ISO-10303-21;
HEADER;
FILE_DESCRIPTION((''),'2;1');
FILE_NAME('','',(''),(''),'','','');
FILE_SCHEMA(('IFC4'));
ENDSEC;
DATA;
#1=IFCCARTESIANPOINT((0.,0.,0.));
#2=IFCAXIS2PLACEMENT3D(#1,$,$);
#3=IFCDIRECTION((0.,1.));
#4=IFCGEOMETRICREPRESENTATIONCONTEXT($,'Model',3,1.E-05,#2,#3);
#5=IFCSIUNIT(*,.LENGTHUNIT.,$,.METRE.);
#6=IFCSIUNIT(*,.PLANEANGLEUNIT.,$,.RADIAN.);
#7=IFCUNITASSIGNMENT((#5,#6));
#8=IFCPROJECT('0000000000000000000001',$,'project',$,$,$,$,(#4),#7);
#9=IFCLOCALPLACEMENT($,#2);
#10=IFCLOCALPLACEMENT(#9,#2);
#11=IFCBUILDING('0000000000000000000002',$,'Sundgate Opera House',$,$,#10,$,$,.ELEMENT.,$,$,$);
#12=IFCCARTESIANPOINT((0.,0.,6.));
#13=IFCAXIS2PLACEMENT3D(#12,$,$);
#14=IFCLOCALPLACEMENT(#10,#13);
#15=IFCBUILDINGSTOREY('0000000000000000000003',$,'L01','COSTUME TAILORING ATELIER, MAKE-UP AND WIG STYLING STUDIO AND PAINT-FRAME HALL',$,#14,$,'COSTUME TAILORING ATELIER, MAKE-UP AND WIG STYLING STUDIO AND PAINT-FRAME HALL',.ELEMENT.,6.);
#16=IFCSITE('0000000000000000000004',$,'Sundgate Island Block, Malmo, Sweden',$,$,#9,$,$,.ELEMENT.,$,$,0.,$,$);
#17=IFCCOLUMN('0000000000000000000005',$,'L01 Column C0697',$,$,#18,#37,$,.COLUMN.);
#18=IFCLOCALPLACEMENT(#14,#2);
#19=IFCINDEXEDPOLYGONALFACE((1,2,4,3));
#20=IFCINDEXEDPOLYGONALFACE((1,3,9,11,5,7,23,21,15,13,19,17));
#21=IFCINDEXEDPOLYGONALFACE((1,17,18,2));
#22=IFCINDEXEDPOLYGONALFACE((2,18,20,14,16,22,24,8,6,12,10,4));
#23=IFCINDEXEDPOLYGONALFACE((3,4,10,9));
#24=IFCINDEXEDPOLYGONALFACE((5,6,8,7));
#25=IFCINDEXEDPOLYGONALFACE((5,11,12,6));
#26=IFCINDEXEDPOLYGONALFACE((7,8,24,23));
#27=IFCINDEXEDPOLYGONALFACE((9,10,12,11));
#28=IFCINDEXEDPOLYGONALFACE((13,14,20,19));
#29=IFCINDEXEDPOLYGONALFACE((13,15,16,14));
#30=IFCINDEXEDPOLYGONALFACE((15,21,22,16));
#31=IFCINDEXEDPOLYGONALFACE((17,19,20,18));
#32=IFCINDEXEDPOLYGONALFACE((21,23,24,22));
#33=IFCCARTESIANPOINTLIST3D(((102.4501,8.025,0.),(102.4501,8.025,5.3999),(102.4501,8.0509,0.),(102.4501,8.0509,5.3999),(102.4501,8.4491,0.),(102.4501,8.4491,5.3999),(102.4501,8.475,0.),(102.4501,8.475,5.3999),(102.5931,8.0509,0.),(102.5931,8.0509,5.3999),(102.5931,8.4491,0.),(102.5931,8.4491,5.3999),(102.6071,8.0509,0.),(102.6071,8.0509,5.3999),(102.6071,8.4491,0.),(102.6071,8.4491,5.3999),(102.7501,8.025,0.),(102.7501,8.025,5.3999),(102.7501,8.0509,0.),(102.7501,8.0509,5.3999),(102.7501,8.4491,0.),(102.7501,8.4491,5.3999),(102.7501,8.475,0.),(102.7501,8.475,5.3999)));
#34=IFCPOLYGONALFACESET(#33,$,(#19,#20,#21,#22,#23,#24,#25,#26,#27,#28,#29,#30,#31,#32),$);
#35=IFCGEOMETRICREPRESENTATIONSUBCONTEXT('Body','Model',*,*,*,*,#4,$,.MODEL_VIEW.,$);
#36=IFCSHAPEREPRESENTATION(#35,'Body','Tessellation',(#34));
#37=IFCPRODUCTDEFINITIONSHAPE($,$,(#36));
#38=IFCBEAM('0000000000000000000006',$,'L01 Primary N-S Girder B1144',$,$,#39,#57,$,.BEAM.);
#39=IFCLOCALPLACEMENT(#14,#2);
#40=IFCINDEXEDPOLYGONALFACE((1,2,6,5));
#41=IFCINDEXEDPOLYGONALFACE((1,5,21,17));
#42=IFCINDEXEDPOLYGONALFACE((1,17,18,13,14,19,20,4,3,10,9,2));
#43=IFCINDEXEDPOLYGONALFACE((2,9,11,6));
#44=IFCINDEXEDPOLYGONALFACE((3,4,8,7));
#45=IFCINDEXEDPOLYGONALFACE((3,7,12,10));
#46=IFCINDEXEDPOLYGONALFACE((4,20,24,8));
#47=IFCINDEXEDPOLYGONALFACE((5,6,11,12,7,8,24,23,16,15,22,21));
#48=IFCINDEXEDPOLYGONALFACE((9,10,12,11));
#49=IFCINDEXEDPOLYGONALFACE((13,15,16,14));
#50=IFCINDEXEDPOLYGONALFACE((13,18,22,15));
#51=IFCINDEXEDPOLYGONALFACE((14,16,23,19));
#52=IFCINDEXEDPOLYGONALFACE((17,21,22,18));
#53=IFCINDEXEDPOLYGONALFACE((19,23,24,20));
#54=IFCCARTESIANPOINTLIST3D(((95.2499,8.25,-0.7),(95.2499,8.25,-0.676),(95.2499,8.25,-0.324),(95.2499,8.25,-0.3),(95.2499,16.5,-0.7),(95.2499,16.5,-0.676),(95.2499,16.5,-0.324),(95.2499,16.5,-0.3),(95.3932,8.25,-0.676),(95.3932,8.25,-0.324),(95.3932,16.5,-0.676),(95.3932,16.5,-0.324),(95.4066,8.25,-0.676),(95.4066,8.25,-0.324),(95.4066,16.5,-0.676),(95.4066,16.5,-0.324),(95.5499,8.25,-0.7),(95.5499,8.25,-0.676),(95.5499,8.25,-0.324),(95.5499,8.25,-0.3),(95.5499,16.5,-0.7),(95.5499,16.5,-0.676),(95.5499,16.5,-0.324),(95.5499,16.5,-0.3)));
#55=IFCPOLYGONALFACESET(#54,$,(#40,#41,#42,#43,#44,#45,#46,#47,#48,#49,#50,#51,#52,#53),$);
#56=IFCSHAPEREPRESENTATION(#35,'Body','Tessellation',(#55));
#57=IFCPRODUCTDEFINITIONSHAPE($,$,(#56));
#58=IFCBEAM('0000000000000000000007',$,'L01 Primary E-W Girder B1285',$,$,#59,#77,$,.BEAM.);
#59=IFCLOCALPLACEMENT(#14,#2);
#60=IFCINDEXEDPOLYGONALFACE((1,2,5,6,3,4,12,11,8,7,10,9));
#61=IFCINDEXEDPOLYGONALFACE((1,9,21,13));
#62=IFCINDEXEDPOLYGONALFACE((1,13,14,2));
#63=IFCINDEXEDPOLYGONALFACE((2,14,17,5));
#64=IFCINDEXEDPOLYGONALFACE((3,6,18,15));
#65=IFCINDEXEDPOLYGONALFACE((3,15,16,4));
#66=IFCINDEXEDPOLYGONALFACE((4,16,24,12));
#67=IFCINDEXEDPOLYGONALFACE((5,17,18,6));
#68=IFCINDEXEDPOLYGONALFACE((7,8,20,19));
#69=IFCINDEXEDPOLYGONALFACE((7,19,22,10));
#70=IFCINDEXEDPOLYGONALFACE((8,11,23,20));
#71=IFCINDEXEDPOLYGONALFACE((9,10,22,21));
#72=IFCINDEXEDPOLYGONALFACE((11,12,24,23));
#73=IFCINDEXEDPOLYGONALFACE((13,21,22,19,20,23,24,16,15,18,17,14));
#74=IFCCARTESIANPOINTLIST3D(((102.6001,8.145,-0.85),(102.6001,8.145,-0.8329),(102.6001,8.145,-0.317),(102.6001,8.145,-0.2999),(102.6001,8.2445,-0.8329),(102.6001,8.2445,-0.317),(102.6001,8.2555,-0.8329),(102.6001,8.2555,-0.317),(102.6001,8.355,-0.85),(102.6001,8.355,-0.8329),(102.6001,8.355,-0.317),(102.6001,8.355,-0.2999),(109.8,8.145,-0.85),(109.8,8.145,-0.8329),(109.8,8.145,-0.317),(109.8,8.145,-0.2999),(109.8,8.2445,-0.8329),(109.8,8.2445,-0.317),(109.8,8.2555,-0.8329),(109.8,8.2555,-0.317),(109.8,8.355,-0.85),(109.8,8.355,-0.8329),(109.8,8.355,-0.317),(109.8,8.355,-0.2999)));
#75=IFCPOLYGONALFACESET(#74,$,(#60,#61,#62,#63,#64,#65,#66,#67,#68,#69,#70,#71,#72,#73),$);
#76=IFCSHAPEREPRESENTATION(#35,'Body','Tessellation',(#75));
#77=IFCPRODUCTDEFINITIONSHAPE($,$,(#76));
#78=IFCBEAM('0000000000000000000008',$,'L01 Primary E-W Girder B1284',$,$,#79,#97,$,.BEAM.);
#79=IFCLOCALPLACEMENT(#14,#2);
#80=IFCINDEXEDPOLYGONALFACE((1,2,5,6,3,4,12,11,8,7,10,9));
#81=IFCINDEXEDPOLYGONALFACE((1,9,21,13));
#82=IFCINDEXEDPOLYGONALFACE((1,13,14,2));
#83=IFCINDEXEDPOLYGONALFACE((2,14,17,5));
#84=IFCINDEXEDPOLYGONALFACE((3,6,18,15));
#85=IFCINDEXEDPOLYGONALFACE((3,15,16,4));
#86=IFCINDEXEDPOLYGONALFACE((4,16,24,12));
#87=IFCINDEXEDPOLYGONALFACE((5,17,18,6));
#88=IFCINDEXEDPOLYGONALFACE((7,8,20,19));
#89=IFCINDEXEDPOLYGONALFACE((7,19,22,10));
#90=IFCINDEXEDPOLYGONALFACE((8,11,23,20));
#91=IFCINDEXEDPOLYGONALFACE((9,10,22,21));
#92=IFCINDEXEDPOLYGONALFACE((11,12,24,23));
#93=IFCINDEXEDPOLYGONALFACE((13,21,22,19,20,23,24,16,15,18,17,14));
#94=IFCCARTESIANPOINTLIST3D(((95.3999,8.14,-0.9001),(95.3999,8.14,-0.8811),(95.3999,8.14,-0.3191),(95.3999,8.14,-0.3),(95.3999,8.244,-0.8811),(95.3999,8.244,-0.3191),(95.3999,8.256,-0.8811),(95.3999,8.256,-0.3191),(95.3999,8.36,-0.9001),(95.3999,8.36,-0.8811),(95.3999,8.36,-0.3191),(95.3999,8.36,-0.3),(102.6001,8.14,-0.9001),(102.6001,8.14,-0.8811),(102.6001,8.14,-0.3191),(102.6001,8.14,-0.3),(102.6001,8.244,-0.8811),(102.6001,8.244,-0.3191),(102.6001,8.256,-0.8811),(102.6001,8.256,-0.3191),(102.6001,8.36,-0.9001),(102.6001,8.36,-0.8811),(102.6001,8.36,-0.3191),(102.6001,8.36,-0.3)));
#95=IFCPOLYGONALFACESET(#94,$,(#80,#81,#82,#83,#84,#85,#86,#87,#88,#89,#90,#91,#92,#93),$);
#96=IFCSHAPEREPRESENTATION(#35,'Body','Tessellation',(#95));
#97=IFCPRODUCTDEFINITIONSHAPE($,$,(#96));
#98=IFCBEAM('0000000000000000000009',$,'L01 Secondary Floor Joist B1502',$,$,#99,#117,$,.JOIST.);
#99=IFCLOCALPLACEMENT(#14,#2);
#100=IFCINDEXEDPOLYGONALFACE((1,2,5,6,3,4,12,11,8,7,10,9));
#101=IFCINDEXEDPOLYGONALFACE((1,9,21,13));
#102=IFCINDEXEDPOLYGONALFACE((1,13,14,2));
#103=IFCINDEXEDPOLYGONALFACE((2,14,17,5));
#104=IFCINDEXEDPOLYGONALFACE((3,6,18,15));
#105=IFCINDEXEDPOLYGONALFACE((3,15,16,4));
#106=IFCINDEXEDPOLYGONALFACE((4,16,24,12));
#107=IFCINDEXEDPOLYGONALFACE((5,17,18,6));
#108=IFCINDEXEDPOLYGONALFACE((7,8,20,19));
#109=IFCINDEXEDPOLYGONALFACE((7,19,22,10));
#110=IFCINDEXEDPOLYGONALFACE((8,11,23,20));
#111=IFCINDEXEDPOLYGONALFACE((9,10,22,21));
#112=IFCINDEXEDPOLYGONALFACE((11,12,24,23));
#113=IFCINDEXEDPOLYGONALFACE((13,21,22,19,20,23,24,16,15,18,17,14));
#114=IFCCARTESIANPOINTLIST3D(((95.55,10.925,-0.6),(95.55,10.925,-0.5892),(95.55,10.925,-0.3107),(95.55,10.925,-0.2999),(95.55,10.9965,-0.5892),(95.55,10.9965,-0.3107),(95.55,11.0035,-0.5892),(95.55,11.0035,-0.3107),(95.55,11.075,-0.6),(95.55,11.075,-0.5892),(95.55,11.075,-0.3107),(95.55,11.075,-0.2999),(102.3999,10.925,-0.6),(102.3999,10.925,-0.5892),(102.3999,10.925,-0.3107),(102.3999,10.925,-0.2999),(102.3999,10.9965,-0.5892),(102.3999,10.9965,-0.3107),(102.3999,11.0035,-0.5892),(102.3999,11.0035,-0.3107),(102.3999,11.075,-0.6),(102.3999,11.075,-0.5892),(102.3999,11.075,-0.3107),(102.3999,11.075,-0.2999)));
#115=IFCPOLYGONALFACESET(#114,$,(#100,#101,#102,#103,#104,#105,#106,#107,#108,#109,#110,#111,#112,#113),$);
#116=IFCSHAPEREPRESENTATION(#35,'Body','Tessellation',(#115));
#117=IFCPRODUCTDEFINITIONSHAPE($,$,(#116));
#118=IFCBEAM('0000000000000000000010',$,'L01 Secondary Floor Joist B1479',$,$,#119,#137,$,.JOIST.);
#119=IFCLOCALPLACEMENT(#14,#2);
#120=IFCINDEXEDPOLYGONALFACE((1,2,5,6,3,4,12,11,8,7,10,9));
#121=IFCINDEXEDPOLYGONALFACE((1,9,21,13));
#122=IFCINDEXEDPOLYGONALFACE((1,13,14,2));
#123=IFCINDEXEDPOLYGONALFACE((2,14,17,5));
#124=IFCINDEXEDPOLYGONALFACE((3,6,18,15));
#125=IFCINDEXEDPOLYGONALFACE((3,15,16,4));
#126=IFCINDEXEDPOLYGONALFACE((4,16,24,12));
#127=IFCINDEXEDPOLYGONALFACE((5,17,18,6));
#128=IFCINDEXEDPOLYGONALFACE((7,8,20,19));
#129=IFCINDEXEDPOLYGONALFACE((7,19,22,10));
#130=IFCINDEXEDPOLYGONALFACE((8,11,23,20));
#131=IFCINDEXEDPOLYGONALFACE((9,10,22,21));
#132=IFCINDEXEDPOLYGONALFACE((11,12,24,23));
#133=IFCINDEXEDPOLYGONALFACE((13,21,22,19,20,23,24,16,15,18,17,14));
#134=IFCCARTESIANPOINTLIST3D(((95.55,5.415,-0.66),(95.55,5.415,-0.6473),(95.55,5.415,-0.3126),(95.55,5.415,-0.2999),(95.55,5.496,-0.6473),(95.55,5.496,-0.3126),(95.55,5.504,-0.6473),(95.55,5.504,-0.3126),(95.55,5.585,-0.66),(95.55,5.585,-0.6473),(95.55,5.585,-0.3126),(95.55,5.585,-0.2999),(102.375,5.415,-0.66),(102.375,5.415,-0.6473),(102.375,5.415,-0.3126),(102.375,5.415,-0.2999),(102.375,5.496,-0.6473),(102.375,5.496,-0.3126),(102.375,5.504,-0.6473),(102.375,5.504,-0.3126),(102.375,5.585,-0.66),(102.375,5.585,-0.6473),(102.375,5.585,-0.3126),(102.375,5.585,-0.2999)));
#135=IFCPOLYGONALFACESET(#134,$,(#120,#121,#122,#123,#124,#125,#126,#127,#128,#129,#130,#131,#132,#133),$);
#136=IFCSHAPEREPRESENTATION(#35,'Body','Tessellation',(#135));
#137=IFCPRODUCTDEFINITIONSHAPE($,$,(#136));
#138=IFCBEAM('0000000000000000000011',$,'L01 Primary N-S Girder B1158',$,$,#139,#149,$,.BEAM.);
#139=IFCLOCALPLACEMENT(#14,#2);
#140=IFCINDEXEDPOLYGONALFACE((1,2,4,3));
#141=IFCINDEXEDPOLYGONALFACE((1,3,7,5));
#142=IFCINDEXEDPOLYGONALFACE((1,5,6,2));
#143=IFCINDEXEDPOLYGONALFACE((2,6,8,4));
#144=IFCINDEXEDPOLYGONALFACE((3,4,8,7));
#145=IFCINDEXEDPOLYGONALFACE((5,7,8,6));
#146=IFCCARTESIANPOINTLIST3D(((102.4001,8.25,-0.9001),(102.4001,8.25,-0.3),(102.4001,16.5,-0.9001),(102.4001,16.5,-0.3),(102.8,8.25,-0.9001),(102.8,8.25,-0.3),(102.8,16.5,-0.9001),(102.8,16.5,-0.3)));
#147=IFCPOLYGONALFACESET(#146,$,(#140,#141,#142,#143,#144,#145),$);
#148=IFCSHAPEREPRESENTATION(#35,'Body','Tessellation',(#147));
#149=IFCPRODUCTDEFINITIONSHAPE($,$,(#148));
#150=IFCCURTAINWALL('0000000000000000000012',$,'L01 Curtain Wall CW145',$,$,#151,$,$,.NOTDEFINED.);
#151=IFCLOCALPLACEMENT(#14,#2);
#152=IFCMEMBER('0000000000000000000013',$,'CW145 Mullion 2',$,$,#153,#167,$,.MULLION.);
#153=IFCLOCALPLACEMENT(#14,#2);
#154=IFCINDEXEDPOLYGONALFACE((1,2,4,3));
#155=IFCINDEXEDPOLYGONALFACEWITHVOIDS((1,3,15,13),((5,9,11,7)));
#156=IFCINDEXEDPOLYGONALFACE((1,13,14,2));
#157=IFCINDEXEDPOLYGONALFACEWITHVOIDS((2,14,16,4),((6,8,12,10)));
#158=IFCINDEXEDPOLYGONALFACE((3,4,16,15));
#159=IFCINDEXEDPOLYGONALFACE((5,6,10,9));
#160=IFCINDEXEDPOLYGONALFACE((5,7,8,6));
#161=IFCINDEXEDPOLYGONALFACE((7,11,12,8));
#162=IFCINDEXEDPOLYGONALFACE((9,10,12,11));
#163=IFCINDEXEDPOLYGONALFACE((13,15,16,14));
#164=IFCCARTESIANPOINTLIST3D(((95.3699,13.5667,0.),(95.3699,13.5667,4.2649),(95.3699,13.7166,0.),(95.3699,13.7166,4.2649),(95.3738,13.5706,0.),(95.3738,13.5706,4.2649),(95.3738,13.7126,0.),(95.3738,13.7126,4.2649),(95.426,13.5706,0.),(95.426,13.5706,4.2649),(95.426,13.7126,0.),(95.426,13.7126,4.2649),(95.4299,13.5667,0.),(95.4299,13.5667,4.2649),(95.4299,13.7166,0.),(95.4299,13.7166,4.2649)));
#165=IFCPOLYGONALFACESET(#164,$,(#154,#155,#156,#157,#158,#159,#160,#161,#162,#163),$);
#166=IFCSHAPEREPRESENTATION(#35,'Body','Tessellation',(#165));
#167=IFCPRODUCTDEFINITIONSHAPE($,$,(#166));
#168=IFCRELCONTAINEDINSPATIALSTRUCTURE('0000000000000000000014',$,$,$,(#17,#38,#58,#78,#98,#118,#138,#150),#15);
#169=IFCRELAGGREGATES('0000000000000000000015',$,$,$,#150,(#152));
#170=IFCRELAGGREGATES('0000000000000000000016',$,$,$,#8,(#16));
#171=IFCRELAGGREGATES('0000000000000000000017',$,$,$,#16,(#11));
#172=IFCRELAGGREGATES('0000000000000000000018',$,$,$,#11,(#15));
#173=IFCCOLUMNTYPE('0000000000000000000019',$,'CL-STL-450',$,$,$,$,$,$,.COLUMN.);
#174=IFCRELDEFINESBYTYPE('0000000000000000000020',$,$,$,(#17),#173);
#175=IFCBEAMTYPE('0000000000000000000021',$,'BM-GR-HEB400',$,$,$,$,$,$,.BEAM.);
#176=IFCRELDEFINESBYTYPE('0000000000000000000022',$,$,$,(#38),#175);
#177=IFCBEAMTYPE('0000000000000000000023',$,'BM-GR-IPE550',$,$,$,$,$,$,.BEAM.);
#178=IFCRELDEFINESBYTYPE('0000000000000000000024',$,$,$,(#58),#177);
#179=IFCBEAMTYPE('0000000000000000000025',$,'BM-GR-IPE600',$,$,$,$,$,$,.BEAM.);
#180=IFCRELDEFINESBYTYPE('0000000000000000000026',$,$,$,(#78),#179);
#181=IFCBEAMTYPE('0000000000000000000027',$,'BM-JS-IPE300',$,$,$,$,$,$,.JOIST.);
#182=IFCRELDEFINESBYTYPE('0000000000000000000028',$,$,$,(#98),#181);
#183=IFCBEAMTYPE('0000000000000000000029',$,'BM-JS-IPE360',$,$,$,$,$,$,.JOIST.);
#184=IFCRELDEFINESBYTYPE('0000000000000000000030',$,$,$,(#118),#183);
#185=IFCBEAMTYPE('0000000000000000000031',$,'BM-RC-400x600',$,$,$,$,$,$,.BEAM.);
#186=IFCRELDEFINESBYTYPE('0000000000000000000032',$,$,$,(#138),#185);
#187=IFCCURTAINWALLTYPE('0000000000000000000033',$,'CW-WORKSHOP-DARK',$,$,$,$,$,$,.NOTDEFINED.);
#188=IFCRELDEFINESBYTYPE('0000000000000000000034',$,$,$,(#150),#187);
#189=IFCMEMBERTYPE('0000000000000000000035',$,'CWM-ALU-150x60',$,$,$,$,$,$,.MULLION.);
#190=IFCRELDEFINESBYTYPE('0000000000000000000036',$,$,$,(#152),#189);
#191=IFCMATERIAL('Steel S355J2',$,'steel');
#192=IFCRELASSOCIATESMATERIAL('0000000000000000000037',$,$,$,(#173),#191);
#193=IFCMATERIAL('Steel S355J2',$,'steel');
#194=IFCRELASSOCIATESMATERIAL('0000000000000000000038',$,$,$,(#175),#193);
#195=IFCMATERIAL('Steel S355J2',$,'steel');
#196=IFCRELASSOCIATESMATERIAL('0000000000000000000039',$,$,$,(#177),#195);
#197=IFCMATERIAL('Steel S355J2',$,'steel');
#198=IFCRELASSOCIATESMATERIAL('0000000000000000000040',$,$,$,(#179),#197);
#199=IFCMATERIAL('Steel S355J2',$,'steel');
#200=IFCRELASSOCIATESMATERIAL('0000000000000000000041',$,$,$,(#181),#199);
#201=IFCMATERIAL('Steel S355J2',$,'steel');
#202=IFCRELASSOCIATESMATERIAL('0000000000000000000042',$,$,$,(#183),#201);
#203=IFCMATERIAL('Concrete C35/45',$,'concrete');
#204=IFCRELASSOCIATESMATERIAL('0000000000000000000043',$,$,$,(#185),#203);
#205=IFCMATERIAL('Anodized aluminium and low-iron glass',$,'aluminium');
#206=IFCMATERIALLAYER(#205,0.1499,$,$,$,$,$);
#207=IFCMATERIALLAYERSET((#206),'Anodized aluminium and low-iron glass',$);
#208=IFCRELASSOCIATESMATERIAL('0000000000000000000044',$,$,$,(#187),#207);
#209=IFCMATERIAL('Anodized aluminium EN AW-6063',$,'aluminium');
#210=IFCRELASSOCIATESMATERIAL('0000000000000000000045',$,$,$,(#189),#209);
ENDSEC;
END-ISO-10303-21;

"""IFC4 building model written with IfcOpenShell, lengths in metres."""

from ifc_helpers import new_model, si_unit, direction, frame, origin, origin_2d, place, context, subcontext, project, spatial, rectangle, hollow_rectangle, i_section, extrude, material, layer, layer_set, material_profile, profile_set, type_object, element, aggregate, save


model = new_model("IFC4")

# Units and contexts
model_context = context("Model", 3, precision=1e-05, world=origin(), true_north=direction((0.0, 1.0)))
body_context = subcontext(model_context, "Body", "Model", "MODEL_VIEW")
ifc_project = project(units=[si_unit("LENGTHUNIT", "METRE"), si_unit("PLANEANGLEUNIT", "RADIAN")], contexts=[model_context])

# Site, building, storey
site_placement = place(None, origin())
site = spatial("IfcSite", under=ifc_project, at=site_placement, Name="Sundgate Island Block, Malmo, Sweden", CompositionType="ELEMENT", RefElevation=0.0)
building_placement = place(site_placement, origin())
building = spatial("IfcBuilding", under=site, at=building_placement, Name="Sundgate Opera House", CompositionType="ELEMENT")
storey_placement = place(building_placement, frame((0.0, 0.0, 6.0)))
storey = spatial("IfcBuildingStorey", under=building, at=storey_placement, Name="L01", Description="COSTUME TAILORING ATELIER, MAKE-UP AND WIG STYLING STUDIO AND PAINT-FRAME HALL", LongName="COSTUME TAILORING ATELIER, MAKE-UP AND WIG STYLING STUDIO AND PAINT-FRAME HALL", CompositionType="ELEMENT", Elevation=6.0)

# Column
ifc_material_1 = material(Name="Steel S355J2", Category="steel")
ifc_material_profile_1 = material_profile(ifc_material_1, i_section(OverallWidth=0.3, OverallDepth=0.45, WebThickness=0.0139, FlangeThickness=0.0259, at=origin_2d()), Name="HEB 450")
ifc_profile_set_1 = profile_set([ifc_material_profile_1], Name="Steel S355J2")
column_type = type_object("IfcColumnType", Name="CL-STL-450", PredefinedType="COLUMN", material=ifc_profile_set_1)
column_placement = place(storey_placement, frame((102.6001, 8.25, 0.0), z_axis=(0.0, 0.0, 1.0), x_axis=(1.0, 0.0, 0.0)))
element("IfcColumn", 1, at=column_placement, inside=storey, type_object=column_type, Name="L01 Column C0697", PredefinedType="COLUMN", context=body_context, shape_type="SweptSolid", body=[
    extrude(i_section(OverallWidth=0.3, OverallDepth=0.45, WebThickness=0.0139, FlangeThickness=0.0259, at=origin_2d()), origin(), (0.0, 0.0, 1.0), 5.3999),
])

# Beams
ifc_material_2 = material(Name="Steel S355J2", Category="steel")
ifc_material_profile_2 = material_profile(ifc_material_2, i_section(OverallWidth=0.3, OverallDepth=0.3999, WebThickness=0.0134, FlangeThickness=0.0239, at=origin_2d()), Name="HEB 400")
ifc_profile_set_2 = profile_set([ifc_material_profile_2], Name="Steel S355J2")
beam_type_1 = type_object("IfcBeamType", Name="BM-GR-HEB400", PredefinedType="BEAM", material=ifc_profile_set_2)
beam_1_placement = place(storey_placement, frame((95.3999, 8.25, -0.5), z_axis=(0.0, 1.0, 0.0), x_axis=(-1.0, 0.0, 0.0)))
element("IfcBeam", 2, at=beam_1_placement, inside=storey, type_object=beam_type_1, Name="L01 Primary N-S Girder B1144", PredefinedType="BEAM", context=body_context, shape_type="SweptSolid", body=[
    extrude(i_section(OverallWidth=0.3, OverallDepth=0.3999, WebThickness=0.0134, FlangeThickness=0.0239, at=origin_2d()), origin(), (0.0, 0.0, 1.0), 8.25),
])
ifc_material_3 = material(Name="Steel S355J2", Category="steel")
ifc_material_profile_3 = material_profile(ifc_material_3, i_section(OverallWidth=0.21, OverallDepth=0.55, WebThickness=0.011, FlangeThickness=0.0171, at=origin_2d()), Name="IPE 550")
ifc_profile_set_3 = profile_set([ifc_material_profile_3], Name="Steel S355J2")
beam_type_2 = type_object("IfcBeamType", Name="BM-GR-IPE550", PredefinedType="BEAM", material=ifc_profile_set_3)
beam_2_placement = place(storey_placement, frame((102.6001, 8.25, -0.575), z_axis=(1.0, 0.0, 0.0), x_axis=(0.0, 1.0, 0.0)))
element("IfcBeam", 3, at=beam_2_placement, inside=storey, type_object=beam_type_2, Name="L01 Primary E-W Girder B1285", PredefinedType="BEAM", context=body_context, shape_type="SweptSolid", body=[
    extrude(i_section(OverallWidth=0.21, OverallDepth=0.55, WebThickness=0.011, FlangeThickness=0.0171, at=origin_2d()), origin(), (0.0, 0.0, 1.0), 7.2),
])
ifc_material_4 = material(Name="Steel S355J2", Category="steel")
ifc_material_profile_4 = material_profile(ifc_material_4, i_section(OverallWidth=0.22, OverallDepth=0.6001, WebThickness=0.012, FlangeThickness=0.019, at=origin_2d()), Name="IPE 600")
ifc_profile_set_4 = profile_set([ifc_material_profile_4], Name="Steel S355J2")
beam_type_3 = type_object("IfcBeamType", Name="BM-GR-IPE600", PredefinedType="BEAM", material=ifc_profile_set_4)
beam_3_placement = place(storey_placement, frame((95.3999, 8.25, -0.6001), z_axis=(1.0, 0.0, 0.0), x_axis=(0.0, 1.0, 0.0)))
element("IfcBeam", 4, at=beam_3_placement, inside=storey, type_object=beam_type_3, Name="L01 Primary E-W Girder B1284", PredefinedType="BEAM", context=body_context, shape_type="SweptSolid", body=[
    extrude(i_section(OverallWidth=0.22, OverallDepth=0.6001, WebThickness=0.012, FlangeThickness=0.019, at=origin_2d()), origin(), (0.0, 0.0, 1.0), 7.2002),
])
ifc_material_5 = material(Name="Steel S355J2", Category="steel")
ifc_material_profile_5 = material_profile(ifc_material_5, i_section(OverallWidth=0.1499, OverallDepth=0.3, WebThickness=0.0071, FlangeThickness=0.0107, at=origin_2d()), Name="IPE 300")
ifc_profile_set_5 = profile_set([ifc_material_profile_5], Name="Steel S355J2")
beam_type_4 = type_object("IfcBeamType", Name="BM-JS-IPE300", PredefinedType="JOIST", material=ifc_profile_set_5)
beam_4_placement = place(storey_placement, frame((95.55, 11.0, -0.45), z_axis=(1.0, 0.0, 0.0), x_axis=(0.0, 1.0, 0.0)))
element("IfcBeam", 5, at=beam_4_placement, inside=storey, type_object=beam_type_4, Name="L01 Secondary Floor Joist B1502", PredefinedType="JOIST", context=body_context, shape_type="SweptSolid", body=[
    extrude(i_section(OverallWidth=0.1499, OverallDepth=0.3, WebThickness=0.0071, FlangeThickness=0.0107, at=origin_2d()), origin(), (0.0, 0.0, 1.0), 6.8499),
])
ifc_material_6 = material(Name="Steel S355J2", Category="steel")
ifc_material_profile_6 = material_profile(ifc_material_6, i_section(OverallWidth=0.1699, OverallDepth=0.3601, WebThickness=0.0081, FlangeThickness=0.0127, at=origin_2d()), Name="IPE 360")
ifc_profile_set_6 = profile_set([ifc_material_profile_6], Name="Steel S355J2")
beam_type_5 = type_object("IfcBeamType", Name="BM-JS-IPE360", PredefinedType="JOIST", material=ifc_profile_set_6)
beam_5_placement = place(storey_placement, frame((95.55, 5.5, -0.48), z_axis=(1.0, 0.0, 0.0), x_axis=(0.0, 1.0, 0.0)))
element("IfcBeam", 6, at=beam_5_placement, inside=storey, type_object=beam_type_5, Name="L01 Secondary Floor Joist B1479", PredefinedType="JOIST", context=body_context, shape_type="SweptSolid", body=[
    extrude(i_section(OverallWidth=0.1699, OverallDepth=0.3601, WebThickness=0.0081, FlangeThickness=0.0127, at=origin_2d()), origin(), (0.0, 0.0, 1.0), 6.825),
])
ifc_material_7 = material(Name="Concrete C35/45", Category="concrete")
ifc_material_profile_7 = material_profile(ifc_material_7, rectangle(XDim=0.3999, YDim=0.6001, at=origin_2d()), Name="RC 400x600")
ifc_profile_set_7 = profile_set([ifc_material_profile_7], Name="Concrete C35/45")
beam_type_6 = type_object("IfcBeamType", Name="BM-RC-400x600", PredefinedType="BEAM", material=ifc_profile_set_7)
beam_6_placement = place(storey_placement, frame((102.6001, 8.25, -0.6001), z_axis=(0.0, 1.0, 0.0), x_axis=(-1.0, 0.0, 0.0)))
element("IfcBeam", 7, at=beam_6_placement, inside=storey, type_object=beam_type_6, Name="L01 Primary N-S Girder B1158", PredefinedType="BEAM", context=body_context, shape_type="SweptSolid", body=[
    extrude(rectangle(XDim=0.3999, YDim=0.6001, at=origin_2d()), origin(), (0.0, 0.0, 1.0), 8.25),
])

# Curtain wall, member
ifc_material_8 = material(Name="Anodized aluminium and low-iron glass", Category="aluminium")
ifc_layer_1 = layer(ifc_material_8, 0.1499)
ifc_layer_set_1 = layer_set([ifc_layer_1], Name="Anodized aluminium and low-iron glass")
curtain_wall_type = type_object("IfcCurtainWallType", Name="CW-WORKSHOP-DARK", PredefinedType="NOTDEFINED", material=ifc_layer_set_1)
curtain_wall_placement = place(storey_placement, origin())
curtain_wall = element("IfcCurtainWall", 8, at=curtain_wall_placement, inside=storey, type_object=curtain_wall_type, Name="L01 Curtain Wall CW145", PredefinedType="NOTDEFINED")
ifc_material_9 = material(Name="Anodized aluminium EN AW-6063", Category="aluminium")
ifc_material_profile_8 = material_profile(ifc_material_9, hollow_rectangle(XDim=0.0601, YDim=0.1499, WallThickness=0.0039, at=origin_2d()), Name="CWM 150x60x4")
ifc_profile_set_8 = profile_set([ifc_material_profile_8], Name="Anodized aluminium EN AW-6063")
member_type_1 = type_object("IfcMemberType", Name="CWM-ALU-150x60", PredefinedType="MULLION", material=ifc_profile_set_8)
member_1_placement = place(storey_placement, frame((95.3999, 13.6416, 0.0), z_axis=(0.0, 0.0, 1.0), x_axis=(1.0, 0.0, 0.0)))
member_1 = element("IfcMember", 9, at=member_1_placement, type_object=member_type_1, Name="CW145 Mullion 2", PredefinedType="MULLION", context=body_context, shape_type="SweptSolid", body=[
    extrude(hollow_rectangle(XDim=0.0601, YDim=0.1499, WallThickness=0.0039, at=origin_2d()), origin(), (0.0, 0.0, 1.0), 4.2649),
])
aggregate(curtain_wall, [member_1])

save(model, "model.ifc")
